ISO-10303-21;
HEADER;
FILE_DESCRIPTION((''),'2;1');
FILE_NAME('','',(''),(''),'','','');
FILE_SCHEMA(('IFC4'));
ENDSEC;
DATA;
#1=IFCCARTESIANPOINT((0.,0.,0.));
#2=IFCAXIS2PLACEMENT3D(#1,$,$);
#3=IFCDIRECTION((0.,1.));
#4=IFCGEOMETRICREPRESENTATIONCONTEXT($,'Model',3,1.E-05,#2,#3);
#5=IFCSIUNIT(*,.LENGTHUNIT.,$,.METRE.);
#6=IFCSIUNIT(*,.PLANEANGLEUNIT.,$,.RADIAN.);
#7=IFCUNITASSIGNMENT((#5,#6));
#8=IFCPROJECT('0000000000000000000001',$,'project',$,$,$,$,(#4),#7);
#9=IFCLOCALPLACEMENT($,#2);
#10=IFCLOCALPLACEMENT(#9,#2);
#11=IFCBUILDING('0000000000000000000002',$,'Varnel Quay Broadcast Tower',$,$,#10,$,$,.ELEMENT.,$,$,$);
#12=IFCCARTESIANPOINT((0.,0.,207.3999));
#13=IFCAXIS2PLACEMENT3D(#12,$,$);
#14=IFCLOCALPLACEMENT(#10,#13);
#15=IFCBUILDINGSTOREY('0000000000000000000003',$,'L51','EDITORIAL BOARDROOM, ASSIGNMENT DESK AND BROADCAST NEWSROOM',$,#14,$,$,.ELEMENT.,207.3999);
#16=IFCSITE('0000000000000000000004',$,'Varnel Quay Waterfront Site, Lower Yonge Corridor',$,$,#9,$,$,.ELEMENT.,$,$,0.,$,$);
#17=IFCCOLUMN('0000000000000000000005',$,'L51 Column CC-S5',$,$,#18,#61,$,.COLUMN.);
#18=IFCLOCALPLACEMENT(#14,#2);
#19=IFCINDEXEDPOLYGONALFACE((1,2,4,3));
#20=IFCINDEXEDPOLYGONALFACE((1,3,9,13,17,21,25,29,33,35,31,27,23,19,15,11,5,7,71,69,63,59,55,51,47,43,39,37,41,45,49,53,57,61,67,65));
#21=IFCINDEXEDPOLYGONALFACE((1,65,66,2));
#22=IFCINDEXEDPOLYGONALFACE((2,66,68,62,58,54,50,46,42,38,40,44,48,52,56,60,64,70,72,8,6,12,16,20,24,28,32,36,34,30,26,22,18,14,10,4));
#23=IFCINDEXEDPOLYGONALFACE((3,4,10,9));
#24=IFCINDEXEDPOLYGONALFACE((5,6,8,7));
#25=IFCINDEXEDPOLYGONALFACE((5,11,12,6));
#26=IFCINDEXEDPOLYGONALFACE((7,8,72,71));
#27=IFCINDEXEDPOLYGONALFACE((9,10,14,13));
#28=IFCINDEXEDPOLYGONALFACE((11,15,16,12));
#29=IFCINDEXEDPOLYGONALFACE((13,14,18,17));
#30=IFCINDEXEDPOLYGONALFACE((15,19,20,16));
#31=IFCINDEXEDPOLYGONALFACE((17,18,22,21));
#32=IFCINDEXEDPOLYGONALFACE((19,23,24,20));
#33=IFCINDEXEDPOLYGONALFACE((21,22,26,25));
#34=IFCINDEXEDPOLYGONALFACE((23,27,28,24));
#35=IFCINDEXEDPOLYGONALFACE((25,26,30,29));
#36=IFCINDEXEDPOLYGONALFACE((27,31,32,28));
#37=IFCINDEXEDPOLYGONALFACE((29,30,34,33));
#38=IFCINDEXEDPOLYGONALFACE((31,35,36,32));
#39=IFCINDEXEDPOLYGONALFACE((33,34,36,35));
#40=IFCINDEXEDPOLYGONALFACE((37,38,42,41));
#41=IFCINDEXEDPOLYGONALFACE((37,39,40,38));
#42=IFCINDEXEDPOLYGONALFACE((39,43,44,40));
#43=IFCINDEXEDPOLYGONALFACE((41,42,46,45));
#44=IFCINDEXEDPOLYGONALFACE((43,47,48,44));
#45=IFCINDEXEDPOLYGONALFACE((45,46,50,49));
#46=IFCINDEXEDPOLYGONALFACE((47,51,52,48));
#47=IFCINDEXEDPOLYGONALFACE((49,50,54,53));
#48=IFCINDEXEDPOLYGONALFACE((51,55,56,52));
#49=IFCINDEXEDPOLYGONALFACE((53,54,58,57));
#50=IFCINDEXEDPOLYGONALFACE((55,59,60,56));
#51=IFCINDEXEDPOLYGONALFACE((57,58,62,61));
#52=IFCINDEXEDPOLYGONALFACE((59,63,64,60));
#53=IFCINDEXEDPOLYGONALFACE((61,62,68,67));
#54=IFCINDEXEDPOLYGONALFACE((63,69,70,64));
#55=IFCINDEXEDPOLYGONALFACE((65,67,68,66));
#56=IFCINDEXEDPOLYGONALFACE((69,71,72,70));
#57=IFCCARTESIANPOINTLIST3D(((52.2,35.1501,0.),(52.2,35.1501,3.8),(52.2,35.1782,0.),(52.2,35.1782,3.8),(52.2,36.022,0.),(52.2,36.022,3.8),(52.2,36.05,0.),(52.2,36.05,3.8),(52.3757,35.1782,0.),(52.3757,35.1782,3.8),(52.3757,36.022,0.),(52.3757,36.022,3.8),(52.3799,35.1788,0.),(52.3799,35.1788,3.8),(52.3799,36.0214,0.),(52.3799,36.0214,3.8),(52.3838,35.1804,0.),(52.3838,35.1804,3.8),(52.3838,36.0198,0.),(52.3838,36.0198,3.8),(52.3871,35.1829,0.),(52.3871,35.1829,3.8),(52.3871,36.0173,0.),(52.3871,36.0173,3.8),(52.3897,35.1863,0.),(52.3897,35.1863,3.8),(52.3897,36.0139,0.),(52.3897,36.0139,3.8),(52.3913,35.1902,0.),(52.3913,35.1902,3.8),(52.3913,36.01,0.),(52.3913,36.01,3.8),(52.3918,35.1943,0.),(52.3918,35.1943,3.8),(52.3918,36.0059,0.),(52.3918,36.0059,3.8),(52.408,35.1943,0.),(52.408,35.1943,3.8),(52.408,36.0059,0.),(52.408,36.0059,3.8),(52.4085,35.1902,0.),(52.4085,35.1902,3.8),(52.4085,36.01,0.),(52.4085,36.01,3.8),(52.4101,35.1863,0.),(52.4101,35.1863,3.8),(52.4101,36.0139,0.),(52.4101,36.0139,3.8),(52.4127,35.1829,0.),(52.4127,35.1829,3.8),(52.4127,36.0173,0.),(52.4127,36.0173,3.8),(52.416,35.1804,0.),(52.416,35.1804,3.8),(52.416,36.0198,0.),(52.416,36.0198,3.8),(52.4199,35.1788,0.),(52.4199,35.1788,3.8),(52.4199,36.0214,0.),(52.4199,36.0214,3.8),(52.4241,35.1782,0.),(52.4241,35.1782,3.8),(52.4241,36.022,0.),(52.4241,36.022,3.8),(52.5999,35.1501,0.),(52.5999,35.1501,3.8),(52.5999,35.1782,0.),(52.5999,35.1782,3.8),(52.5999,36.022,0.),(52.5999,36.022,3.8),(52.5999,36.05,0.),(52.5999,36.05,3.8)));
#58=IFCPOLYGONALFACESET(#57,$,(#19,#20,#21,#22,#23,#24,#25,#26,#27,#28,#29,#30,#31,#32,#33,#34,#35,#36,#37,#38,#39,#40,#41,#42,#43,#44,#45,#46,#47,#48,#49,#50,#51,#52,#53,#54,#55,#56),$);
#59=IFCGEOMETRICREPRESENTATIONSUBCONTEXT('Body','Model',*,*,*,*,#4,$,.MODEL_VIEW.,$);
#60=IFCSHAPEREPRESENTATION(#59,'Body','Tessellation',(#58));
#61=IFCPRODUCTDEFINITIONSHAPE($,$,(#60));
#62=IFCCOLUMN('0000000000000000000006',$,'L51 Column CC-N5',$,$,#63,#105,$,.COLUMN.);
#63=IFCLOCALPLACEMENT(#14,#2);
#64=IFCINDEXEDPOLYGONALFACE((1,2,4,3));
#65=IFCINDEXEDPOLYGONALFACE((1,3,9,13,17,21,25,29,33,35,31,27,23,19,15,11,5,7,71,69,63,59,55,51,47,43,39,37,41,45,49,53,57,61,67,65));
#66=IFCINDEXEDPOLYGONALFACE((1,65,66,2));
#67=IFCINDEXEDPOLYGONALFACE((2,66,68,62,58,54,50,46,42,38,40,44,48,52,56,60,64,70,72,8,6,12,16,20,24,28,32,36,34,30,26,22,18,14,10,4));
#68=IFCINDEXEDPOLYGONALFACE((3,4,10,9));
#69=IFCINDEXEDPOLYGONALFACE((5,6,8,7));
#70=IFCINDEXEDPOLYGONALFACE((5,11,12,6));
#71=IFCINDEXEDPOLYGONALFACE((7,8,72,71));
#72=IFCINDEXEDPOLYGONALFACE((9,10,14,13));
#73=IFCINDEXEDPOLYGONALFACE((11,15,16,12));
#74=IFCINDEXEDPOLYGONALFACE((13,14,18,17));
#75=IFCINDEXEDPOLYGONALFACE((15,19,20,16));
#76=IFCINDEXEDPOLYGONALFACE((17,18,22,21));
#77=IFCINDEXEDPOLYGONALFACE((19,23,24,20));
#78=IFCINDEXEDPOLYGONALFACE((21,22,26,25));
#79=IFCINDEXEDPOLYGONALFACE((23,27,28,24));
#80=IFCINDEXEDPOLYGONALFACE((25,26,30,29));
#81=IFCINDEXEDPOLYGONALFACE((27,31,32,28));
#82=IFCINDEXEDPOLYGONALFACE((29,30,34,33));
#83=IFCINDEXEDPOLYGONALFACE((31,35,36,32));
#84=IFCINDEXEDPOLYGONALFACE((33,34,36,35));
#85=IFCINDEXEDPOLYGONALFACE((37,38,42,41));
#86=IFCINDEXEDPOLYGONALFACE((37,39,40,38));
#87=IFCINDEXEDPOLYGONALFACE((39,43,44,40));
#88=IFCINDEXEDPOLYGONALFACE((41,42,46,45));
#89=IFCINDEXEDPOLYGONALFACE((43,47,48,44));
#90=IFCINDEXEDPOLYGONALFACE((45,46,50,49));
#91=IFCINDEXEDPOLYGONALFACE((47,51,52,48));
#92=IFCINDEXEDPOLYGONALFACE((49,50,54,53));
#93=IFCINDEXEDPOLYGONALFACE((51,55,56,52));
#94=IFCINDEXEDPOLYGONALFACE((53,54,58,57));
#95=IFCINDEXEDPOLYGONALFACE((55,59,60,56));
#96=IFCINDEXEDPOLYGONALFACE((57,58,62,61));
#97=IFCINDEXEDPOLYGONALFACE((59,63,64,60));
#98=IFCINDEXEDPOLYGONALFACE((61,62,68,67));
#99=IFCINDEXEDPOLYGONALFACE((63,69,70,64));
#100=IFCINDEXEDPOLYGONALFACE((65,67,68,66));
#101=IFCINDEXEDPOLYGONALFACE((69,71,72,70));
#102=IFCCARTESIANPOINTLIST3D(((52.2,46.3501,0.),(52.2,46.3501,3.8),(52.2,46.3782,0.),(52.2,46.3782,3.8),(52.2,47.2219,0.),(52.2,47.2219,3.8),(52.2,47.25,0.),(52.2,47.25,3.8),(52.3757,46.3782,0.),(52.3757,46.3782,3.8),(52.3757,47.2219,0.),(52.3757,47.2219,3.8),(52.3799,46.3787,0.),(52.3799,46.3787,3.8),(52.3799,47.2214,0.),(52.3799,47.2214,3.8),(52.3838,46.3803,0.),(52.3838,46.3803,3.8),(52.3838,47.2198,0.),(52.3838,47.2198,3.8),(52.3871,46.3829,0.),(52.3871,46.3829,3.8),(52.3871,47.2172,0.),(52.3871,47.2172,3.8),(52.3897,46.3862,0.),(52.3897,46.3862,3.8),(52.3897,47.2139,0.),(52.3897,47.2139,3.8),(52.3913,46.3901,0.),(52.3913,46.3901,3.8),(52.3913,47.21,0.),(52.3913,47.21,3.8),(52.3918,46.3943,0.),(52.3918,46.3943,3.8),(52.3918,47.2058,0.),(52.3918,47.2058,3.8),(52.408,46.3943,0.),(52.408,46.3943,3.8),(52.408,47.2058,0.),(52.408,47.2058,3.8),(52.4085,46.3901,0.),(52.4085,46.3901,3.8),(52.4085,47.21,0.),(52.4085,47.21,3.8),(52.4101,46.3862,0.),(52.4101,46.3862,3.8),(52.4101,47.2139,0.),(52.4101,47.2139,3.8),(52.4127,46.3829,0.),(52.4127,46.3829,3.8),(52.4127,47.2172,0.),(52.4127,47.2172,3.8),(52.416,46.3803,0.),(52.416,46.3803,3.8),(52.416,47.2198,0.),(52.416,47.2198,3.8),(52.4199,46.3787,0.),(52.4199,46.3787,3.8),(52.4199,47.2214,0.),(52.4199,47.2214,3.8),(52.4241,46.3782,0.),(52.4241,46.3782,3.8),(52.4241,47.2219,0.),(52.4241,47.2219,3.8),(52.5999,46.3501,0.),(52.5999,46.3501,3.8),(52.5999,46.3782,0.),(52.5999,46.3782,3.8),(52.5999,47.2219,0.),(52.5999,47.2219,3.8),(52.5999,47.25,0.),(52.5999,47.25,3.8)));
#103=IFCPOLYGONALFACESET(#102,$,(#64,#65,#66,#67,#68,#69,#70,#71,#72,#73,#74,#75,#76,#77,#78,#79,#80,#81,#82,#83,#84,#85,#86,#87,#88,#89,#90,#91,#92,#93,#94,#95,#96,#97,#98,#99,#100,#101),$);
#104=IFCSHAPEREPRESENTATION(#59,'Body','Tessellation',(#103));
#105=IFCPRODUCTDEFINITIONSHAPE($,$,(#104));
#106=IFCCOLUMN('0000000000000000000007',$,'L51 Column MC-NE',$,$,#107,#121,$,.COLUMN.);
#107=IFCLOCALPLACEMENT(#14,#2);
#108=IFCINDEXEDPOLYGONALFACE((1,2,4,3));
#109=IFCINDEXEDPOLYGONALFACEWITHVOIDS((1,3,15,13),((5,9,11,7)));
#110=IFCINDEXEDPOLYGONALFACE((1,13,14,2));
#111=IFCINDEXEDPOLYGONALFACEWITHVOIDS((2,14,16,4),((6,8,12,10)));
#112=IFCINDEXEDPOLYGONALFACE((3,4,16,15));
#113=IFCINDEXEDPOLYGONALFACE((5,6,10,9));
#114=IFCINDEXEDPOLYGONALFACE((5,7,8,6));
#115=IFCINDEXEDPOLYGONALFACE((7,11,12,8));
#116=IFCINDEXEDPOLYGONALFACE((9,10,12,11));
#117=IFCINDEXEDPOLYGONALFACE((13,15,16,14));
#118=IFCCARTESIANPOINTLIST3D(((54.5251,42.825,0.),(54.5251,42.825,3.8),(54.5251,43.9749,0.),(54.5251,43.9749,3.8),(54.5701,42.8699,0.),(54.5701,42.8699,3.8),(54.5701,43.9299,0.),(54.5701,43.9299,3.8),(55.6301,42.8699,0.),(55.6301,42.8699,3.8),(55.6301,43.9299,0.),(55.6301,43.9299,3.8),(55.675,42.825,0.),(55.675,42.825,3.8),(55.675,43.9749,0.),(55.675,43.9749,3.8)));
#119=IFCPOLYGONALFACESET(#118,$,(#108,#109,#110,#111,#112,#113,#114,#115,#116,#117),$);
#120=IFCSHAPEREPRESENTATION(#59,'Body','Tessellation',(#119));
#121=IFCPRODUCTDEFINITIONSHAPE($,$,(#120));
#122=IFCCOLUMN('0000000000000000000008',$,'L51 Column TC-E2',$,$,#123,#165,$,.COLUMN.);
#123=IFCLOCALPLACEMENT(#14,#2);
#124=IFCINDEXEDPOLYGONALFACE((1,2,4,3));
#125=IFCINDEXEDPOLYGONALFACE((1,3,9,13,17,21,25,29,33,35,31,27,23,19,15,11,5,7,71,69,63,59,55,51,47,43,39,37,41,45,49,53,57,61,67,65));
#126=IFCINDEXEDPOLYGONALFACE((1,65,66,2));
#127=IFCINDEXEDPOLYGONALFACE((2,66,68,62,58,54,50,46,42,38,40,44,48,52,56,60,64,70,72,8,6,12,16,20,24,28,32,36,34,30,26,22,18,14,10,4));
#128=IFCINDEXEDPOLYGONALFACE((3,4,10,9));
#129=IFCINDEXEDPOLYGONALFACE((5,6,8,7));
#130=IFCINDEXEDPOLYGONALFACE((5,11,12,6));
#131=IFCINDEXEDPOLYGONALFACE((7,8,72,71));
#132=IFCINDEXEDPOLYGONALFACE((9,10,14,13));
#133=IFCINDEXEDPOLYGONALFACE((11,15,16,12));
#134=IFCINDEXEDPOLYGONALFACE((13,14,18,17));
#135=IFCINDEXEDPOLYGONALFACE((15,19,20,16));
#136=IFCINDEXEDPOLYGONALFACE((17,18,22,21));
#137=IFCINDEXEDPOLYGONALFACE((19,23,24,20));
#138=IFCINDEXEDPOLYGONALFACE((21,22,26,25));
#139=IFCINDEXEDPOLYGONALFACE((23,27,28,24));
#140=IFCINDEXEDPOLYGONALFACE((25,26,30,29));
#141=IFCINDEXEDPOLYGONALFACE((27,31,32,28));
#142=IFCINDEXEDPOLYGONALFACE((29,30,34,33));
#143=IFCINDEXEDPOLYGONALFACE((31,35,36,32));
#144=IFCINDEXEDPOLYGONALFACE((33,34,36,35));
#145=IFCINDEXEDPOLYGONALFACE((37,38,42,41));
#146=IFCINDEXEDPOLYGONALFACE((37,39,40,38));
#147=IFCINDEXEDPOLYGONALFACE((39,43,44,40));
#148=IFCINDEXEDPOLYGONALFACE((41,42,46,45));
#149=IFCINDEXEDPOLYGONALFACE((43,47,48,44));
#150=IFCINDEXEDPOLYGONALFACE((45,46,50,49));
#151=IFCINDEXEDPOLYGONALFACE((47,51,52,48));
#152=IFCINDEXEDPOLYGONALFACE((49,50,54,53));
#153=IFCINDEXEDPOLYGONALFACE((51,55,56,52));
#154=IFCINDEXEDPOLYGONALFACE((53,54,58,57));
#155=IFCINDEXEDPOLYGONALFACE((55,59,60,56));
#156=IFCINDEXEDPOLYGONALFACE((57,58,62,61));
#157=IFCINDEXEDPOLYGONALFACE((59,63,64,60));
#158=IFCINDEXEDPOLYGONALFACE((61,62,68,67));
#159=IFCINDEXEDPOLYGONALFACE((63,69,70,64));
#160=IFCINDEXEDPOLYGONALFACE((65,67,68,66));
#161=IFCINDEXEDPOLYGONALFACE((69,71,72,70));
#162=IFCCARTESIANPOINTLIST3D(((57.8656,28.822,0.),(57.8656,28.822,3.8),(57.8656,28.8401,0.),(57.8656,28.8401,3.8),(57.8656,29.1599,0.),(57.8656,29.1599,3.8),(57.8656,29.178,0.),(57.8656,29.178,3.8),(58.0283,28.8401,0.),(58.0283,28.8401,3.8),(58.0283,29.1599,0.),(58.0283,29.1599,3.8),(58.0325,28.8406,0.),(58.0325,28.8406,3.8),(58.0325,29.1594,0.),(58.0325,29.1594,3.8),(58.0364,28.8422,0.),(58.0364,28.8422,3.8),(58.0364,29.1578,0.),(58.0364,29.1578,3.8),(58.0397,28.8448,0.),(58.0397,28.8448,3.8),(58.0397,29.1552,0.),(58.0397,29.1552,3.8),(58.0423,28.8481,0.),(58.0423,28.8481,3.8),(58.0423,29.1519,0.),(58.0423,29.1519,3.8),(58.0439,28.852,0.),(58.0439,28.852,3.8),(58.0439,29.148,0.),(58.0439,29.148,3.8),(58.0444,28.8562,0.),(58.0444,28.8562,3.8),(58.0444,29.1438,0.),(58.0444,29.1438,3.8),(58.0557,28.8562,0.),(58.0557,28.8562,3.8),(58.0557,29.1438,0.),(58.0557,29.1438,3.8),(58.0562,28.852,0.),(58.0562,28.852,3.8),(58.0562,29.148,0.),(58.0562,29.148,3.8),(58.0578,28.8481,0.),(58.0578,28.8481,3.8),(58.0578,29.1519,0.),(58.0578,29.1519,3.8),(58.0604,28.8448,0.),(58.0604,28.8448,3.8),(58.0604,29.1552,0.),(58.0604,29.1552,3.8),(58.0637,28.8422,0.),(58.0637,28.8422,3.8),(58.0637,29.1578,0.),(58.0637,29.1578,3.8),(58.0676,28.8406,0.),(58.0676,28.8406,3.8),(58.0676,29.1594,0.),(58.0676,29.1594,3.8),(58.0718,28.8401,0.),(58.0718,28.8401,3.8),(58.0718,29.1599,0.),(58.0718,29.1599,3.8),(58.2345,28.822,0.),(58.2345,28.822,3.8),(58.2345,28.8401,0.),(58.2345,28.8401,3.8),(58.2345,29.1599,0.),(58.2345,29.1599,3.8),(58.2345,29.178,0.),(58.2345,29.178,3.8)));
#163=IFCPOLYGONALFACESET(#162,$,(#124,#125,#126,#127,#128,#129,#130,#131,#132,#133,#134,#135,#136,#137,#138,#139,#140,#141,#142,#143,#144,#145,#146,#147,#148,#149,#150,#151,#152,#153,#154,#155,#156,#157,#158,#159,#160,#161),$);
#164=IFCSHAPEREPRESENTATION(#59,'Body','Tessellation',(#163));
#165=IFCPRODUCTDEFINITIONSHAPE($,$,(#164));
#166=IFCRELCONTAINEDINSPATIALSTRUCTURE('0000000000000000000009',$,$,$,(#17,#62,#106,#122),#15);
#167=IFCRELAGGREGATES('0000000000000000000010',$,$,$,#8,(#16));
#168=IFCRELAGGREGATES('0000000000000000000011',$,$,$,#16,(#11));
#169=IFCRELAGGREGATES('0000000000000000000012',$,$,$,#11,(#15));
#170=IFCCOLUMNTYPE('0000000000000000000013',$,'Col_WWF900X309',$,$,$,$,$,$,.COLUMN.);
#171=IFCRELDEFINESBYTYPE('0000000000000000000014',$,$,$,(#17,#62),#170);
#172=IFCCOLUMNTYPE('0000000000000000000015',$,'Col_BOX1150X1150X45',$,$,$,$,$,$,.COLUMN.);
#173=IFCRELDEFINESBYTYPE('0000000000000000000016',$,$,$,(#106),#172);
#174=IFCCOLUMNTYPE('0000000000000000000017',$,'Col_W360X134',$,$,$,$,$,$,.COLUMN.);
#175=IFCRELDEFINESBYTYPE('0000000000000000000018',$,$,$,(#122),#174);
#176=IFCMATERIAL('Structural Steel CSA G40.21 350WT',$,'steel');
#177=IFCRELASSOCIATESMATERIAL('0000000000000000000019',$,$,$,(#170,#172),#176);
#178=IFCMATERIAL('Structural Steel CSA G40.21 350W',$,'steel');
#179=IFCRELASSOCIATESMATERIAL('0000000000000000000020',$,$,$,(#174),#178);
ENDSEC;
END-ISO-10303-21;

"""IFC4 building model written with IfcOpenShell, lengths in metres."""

from ifc_helpers import new_model, si_unit, direction, frame, origin, origin_2d, place, context, subcontext, project, spatial, hollow_rectangle, i_section, extrude, source, transform, mapped, material, material_profile, profile_set, type_object, type_shapes, element, save


model = new_model("IFC4")

# Units and contexts
model_context = context("Model", 3, precision=1e-05, world=origin(), true_north=direction((0.0, 1.0)))
body_context = subcontext(model_context, "Body", "Model", "MODEL_VIEW")
ifc_project = project(units=[si_unit("LENGTHUNIT", "METRE"), si_unit("PLANEANGLEUNIT", "RADIAN")], contexts=[model_context])

# Site, building, storey
site_placement = place(None, origin())
site = spatial("IfcSite", under=ifc_project, at=site_placement, Name="Varnel Quay Waterfront Site, Lower Yonge Corridor", CompositionType="ELEMENT", RefElevation=0.0)
building_placement = place(site_placement, origin())
building = spatial("IfcBuilding", under=site, at=building_placement, Name="Varnel Quay Broadcast Tower", CompositionType="ELEMENT")
storey_placement = place(building_placement, frame((0.0, 0.0, 207.3999)))
storey = spatial("IfcBuildingStorey", under=building, at=storey_placement, Name="L51", Description="EDITORIAL BOARDROOM, ASSIGNMENT DESK AND BROADCAST NEWSROOM", CompositionType="ELEMENT", Elevation=207.3999)

# Columns
ifc_material_1 = material(Name="Structural Steel CSA G40.21 350WT", Category="steel")
ifc_material_profile_1 = material_profile(ifc_material_1, i_section(OverallWidth=0.3999, OverallDepth=0.8999, WebThickness=0.0161, FlangeThickness=0.0281, FilletRadius=0.0161, at=origin_2d()), Name="WWF900X309")
ifc_profile_set_1 = profile_set([ifc_material_profile_1], Name="Structural Steel CSA G40.21 350WT")
column_type_1 = type_object("IfcColumnType", Name="Col_WWF900X309", PredefinedType="COLUMN", material=ifc_profile_set_1)
shared_shape_1 = source(origin(), body_context, "Body", "SweptSolid", [
    extrude(i_section(OverallWidth=0.3999, OverallDepth=0.8999, WebThickness=0.0161, FlangeThickness=0.0281, FilletRadius=0.0161, at=origin_2d()), origin(), (0.0, 0.0, 1.0), 3.8),
])
type_shapes(column_type_1, [shared_shape_1])
for number, where, z_axis, x_axis, name in (
    (1, (52.3999, 35.6001, 0.0), (0.0, 0.0, 1.0), (1.0, 0.0, 0.0), "L51 Column CC-S5"),
    (2, (52.3999, 46.8, 0.0), (0.0, 0.0, 1.0), (1.0, 0.0, 0.0), "L51 Column CC-N5"),
):
    element("IfcColumn", number, at=place(storey_placement, frame(where, z_axis=z_axis, x_axis=x_axis)), inside=storey, type_object=column_type_1, Name=name, PredefinedType="COLUMN", context=body_context, shape_type="MappedRepresentation", body=[
        mapped(shared_shape_1, transform((0.0, 0.0, 0.0), x_axis=(1.0, 0.0, 0.0), y_axis=(0.0, 1.0, 0.0), z_axis=(0.0, 0.0, 1.0), scale=1.0)),
    ])
ifc_material_profile_2 = material_profile(ifc_material_1, hollow_rectangle(XDim=1.1499, YDim=1.1499, WallThickness=0.0449, at=origin_2d()), Name="BOX1150X1150X45")
ifc_profile_set_2 = profile_set([ifc_material_profile_2], Name="Structural Steel CSA G40.21 350WT")
column_type_2 = type_object("IfcColumnType", Name="Col_BOX1150X1150X45", PredefinedType="COLUMN", material=ifc_profile_set_2)
shared_shape_2 = source(origin(), body_context, "Body", "SweptSolid", [
    extrude(hollow_rectangle(XDim=1.1499, YDim=1.1499, WallThickness=0.0449, at=origin_2d()), origin(), (0.0, 0.0, 1.0), 3.8),
])
type_shapes(column_type_2, [shared_shape_2])
column_placement = place(storey_placement, frame((55.1001, 43.3999, 0.0), z_axis=(0.0, 0.0, 1.0), x_axis=(1.0, 0.0, 0.0)))
element("IfcColumn", 3, at=column_placement, inside=storey, type_object=column_type_2, Name="L51 Column MC-NE", PredefinedType="COLUMN", context=body_context, shape_type="MappedRepresentation", body=[
    mapped(shared_shape_2, transform((0.0, 0.0, 0.0), x_axis=(1.0, 0.0, 0.0), y_axis=(0.0, 1.0, 0.0), z_axis=(0.0, 0.0, 1.0), scale=1.0)),
])
ifc_material_2 = material(Name="Structural Steel CSA G40.21 350W", Category="steel")
ifc_material_profile_3 = material_profile(ifc_material_2, i_section(OverallWidth=0.3689, OverallDepth=0.356, WebThickness=0.0112, FlangeThickness=0.0181, FilletRadius=0.0161, at=origin_2d()), Name="W360X134")
ifc_profile_set_3 = profile_set([ifc_material_profile_3], Name="Structural Steel CSA G40.21 350W")
column_type_3 = type_object("IfcColumnType", Name="Col_W360X134", PredefinedType="COLUMN", material=ifc_profile_set_3)
shared_shape_3 = source(origin(), body_context, "Body", "SweptSolid", [
    extrude(i_section(OverallWidth=0.3689, OverallDepth=0.356, WebThickness=0.0112, FlangeThickness=0.0181, FilletRadius=0.0161, at=origin_2d()), origin(), (0.0, 0.0, 1.0), 3.8),
])
type_shapes(column_type_3, [shared_shape_3])
for number, where, z_axis, x_axis, name in (
    (4, (58.05, 29.0, 0.0), (0.0, 0.0, 1.0), (1.0, 0.0, 0.0), "L51 Column TC-E2"),
):
    element("IfcColumn", number, at=place(storey_placement, frame(where, z_axis=z_axis, x_axis=x_axis)), inside=storey, type_object=column_type_3, Name=name, PredefinedType="COLUMN", context=body_context, shape_type="MappedRepresentation", body=[
        mapped(shared_shape_3, transform((0.0, 0.0, 0.0), x_axis=(1.0, 0.0, 0.0), y_axis=(0.0, 1.0, 0.0), z_axis=(0.0, 0.0, 1.0), scale=1.0)),
    ])

save(model, "model.ifc")
